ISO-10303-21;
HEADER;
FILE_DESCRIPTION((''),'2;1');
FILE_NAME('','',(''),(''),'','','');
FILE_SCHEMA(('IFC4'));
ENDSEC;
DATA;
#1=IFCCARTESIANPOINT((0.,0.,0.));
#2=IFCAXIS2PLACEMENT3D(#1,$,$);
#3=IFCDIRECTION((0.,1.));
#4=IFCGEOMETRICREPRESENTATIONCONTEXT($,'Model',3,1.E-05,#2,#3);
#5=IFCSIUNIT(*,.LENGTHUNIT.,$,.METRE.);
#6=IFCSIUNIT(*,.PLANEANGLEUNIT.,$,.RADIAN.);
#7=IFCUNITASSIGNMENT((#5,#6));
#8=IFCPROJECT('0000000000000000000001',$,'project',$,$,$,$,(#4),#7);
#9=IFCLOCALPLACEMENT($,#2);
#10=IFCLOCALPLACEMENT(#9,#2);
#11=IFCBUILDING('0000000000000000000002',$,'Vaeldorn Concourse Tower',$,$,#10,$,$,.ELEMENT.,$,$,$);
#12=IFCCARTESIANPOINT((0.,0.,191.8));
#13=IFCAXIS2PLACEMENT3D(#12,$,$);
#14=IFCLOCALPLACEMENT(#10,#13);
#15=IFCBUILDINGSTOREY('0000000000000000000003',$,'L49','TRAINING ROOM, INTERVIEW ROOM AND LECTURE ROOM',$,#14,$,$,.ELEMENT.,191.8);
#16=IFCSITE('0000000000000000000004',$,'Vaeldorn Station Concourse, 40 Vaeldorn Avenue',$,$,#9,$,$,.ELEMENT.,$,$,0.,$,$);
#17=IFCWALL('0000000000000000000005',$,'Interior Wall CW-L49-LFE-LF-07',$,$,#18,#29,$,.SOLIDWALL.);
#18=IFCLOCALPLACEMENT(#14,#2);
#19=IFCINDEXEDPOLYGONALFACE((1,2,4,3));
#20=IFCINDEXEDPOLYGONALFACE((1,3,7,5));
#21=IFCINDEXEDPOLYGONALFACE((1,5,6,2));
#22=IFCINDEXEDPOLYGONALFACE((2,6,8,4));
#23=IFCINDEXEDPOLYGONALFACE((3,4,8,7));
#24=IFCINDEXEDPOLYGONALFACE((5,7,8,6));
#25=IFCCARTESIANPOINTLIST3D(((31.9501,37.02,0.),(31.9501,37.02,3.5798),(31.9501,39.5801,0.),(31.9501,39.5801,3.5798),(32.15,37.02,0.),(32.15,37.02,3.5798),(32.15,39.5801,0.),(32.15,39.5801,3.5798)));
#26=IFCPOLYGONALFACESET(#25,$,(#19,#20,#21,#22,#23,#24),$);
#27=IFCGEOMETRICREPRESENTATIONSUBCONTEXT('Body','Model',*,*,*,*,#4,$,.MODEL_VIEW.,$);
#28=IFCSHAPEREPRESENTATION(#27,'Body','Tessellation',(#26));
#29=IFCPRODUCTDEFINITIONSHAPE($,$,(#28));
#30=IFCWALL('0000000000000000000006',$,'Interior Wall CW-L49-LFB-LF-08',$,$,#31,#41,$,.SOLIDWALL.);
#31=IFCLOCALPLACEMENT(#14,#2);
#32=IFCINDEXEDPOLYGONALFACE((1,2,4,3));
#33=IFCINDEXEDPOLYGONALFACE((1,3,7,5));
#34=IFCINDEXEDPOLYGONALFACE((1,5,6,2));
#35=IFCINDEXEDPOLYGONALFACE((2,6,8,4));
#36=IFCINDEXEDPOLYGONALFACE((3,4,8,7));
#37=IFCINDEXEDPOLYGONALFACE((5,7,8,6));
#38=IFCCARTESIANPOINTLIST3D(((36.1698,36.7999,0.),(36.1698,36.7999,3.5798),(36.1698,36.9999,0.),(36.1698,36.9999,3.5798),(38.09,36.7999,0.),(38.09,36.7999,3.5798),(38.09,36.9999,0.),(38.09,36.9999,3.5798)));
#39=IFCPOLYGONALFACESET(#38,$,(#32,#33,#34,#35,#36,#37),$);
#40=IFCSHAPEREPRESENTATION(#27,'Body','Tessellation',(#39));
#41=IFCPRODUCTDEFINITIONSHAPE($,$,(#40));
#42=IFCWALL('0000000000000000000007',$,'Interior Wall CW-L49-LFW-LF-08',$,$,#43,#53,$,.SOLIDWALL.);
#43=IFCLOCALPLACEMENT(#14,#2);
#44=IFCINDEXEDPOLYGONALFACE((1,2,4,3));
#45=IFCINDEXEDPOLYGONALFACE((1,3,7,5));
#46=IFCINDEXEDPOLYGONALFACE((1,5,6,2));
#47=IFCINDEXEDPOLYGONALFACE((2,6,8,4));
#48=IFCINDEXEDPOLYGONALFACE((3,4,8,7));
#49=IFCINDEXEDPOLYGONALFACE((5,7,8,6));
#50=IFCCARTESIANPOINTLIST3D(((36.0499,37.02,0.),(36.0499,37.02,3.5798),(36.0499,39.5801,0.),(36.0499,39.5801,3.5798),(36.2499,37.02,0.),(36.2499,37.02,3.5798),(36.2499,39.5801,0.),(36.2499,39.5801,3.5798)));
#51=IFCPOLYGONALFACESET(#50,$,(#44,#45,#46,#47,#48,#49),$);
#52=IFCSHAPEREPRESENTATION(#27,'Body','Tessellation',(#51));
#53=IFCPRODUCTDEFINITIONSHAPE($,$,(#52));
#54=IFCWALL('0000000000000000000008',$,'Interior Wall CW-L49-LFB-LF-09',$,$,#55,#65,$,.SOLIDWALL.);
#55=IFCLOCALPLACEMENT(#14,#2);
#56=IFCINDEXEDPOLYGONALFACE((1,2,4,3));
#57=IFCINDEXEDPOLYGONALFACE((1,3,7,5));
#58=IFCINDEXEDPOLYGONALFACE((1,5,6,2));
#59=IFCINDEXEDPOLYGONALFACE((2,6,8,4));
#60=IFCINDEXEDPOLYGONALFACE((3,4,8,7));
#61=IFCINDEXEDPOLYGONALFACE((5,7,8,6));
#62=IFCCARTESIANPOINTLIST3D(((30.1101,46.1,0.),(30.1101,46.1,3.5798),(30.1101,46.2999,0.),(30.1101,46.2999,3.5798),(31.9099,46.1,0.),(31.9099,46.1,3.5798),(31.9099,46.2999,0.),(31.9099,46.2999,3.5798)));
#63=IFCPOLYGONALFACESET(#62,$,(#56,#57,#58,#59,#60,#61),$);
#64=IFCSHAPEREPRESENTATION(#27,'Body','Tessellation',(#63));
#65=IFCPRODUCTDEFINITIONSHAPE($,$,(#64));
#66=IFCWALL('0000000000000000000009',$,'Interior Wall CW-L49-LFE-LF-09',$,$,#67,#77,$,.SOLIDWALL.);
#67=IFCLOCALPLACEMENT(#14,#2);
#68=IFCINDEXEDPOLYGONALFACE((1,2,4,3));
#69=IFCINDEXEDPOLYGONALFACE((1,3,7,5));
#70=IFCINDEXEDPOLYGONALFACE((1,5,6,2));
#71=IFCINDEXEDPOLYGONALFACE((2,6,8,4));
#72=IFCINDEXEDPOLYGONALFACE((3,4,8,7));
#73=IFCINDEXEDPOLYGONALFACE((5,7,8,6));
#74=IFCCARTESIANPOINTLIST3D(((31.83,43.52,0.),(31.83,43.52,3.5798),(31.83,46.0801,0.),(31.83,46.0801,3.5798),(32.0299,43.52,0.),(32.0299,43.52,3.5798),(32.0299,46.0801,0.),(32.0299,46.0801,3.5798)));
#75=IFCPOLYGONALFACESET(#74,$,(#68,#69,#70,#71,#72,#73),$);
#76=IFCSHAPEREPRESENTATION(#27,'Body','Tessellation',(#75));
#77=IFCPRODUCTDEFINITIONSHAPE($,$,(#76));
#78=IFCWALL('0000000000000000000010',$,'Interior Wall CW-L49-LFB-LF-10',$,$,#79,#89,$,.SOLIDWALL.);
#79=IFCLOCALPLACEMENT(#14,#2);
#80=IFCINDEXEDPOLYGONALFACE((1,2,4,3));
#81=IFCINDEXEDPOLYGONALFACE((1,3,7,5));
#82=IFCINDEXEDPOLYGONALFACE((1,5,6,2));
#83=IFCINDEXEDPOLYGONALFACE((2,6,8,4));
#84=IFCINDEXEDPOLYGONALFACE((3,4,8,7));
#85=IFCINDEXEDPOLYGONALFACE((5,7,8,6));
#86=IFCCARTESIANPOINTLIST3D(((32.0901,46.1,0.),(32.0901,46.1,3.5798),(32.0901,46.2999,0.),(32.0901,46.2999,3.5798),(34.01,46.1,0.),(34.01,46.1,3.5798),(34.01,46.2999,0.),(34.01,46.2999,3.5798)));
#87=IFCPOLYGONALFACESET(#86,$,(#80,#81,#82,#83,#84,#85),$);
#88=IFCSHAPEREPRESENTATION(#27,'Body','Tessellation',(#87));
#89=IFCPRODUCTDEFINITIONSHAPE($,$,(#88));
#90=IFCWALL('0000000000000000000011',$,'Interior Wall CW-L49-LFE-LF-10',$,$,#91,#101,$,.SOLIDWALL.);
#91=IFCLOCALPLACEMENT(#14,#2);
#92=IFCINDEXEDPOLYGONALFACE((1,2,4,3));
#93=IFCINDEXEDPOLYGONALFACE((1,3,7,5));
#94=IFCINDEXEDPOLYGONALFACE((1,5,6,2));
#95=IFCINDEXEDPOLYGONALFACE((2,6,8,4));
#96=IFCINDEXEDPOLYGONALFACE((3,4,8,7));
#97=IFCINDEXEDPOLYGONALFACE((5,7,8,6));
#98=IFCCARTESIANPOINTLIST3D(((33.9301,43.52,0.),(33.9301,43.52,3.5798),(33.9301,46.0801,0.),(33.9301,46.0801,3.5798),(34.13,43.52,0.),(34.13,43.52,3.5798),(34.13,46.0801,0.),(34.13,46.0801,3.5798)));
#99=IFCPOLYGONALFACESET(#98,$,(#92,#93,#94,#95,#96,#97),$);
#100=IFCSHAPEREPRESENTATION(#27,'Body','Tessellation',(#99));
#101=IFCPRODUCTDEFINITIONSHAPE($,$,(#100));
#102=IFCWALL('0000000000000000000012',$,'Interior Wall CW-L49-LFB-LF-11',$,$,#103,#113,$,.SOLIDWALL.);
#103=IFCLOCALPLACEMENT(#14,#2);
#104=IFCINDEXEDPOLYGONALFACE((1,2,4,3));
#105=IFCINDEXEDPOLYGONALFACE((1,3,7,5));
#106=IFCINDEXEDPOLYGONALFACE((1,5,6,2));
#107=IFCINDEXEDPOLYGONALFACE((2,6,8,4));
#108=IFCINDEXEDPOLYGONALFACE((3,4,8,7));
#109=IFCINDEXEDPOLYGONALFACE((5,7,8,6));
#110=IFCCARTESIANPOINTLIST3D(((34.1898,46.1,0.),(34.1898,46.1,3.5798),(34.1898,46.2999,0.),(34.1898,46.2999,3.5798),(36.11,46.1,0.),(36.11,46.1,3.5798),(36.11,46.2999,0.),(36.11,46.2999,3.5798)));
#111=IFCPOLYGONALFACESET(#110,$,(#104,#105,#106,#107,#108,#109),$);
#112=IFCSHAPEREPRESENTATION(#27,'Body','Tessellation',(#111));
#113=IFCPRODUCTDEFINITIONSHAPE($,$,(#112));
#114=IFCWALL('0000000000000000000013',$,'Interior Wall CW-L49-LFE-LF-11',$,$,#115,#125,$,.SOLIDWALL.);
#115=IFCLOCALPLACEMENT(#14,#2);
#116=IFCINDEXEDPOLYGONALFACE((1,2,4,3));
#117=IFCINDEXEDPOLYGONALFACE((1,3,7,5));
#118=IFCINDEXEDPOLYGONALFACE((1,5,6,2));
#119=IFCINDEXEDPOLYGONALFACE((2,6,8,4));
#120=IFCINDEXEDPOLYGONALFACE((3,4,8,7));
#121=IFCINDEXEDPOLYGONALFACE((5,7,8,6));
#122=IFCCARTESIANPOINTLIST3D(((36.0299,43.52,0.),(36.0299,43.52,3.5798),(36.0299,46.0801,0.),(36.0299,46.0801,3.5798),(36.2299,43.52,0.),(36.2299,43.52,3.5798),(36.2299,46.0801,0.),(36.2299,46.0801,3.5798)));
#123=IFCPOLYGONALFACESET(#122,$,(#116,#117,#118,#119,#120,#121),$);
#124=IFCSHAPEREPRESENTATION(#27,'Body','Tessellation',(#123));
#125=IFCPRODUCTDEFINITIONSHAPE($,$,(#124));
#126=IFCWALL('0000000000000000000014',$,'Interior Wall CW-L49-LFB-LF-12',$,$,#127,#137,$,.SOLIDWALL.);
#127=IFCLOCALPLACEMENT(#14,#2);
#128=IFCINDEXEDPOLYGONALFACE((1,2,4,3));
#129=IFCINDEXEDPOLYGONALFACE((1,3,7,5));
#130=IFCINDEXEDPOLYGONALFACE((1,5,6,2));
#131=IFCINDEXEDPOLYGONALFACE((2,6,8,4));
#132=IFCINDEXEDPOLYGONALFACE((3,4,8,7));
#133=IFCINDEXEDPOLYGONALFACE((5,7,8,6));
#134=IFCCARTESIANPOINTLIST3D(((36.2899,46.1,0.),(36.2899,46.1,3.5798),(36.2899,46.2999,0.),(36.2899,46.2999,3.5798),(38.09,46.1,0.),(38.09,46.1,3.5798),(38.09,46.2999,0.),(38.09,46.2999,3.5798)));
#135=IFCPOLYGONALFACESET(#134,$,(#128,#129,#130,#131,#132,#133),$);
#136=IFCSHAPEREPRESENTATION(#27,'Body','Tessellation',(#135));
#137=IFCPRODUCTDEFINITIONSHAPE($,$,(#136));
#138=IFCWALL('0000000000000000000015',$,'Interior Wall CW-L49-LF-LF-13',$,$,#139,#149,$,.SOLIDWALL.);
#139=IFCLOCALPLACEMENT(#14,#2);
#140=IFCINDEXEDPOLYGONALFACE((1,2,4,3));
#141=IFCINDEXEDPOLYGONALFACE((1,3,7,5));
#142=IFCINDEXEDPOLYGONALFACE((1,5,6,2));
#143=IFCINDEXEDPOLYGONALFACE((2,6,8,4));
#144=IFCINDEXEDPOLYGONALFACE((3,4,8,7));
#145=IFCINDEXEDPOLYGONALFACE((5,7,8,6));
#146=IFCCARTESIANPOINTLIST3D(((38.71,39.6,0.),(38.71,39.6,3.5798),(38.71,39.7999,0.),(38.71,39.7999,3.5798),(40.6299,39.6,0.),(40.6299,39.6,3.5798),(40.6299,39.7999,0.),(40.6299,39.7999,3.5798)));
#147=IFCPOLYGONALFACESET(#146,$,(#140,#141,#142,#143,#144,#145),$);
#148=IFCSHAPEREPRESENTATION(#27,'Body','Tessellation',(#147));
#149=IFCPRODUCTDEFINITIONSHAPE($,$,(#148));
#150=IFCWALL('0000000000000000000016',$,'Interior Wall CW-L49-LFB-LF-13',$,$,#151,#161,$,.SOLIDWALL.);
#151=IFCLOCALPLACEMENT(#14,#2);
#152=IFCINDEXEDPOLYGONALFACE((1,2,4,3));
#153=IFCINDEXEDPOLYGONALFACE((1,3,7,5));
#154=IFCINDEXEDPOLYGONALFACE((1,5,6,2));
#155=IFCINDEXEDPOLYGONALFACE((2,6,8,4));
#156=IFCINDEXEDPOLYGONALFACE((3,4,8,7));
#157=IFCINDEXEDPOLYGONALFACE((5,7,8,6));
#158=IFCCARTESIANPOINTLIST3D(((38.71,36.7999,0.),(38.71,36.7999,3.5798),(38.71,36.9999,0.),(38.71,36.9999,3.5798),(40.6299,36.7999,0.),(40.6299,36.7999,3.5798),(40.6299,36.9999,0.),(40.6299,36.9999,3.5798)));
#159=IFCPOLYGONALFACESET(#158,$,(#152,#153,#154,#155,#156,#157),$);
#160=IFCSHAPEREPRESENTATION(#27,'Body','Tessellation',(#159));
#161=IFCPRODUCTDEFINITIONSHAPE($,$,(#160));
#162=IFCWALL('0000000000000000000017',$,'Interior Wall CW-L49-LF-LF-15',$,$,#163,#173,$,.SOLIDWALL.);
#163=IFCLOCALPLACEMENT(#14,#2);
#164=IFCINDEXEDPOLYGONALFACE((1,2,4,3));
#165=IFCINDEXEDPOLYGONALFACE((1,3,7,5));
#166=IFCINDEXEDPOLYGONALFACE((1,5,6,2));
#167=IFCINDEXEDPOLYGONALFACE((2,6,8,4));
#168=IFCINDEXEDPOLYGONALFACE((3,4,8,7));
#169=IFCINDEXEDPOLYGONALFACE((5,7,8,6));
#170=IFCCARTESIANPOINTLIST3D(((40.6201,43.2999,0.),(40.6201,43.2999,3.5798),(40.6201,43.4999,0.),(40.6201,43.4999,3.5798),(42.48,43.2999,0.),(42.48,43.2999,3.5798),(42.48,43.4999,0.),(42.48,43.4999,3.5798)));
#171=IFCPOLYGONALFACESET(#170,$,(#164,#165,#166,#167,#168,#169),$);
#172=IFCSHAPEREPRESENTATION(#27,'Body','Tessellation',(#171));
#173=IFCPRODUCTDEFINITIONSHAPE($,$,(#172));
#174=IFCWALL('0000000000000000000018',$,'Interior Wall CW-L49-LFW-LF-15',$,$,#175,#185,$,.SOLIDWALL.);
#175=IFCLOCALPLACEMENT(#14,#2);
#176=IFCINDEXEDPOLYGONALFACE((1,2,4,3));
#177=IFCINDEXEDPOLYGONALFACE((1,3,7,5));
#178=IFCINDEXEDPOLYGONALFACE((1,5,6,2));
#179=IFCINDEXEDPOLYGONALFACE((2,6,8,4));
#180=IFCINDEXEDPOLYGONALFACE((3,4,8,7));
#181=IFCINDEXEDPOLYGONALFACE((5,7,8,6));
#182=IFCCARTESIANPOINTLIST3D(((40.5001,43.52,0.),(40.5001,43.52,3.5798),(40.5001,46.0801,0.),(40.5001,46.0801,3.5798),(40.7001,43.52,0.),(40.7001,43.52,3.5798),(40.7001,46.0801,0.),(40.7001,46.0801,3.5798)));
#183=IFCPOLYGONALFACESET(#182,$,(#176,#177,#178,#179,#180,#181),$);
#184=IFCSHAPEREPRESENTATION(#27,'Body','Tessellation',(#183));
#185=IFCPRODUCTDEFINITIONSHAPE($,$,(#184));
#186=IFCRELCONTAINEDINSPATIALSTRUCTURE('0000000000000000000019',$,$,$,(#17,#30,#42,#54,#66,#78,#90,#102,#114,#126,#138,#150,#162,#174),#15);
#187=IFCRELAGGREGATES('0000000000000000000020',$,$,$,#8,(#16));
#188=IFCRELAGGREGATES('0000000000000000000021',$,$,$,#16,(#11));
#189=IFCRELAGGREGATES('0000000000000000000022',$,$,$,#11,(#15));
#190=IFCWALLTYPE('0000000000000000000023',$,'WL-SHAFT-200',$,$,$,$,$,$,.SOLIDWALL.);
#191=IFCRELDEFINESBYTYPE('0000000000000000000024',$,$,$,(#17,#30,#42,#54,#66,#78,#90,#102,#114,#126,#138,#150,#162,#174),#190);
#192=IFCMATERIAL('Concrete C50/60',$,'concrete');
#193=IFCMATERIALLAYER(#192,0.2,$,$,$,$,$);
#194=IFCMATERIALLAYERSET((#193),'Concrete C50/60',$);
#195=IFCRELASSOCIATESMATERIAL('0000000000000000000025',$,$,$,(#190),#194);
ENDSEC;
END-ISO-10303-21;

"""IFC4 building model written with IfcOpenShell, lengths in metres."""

from ifc_helpers import new_model, si_unit, direction, frame, frame_2d, origin, place, context, subcontext, project, spatial, rectangle, extrude, material, layer, layer_set, type_object, element, save


model = new_model("IFC4")

# Units and contexts
model_context = context("Model", 3, precision=1e-05, world=origin(), true_north=direction((0.0, 1.0)))
body_context = subcontext(model_context, "Body", "Model", "MODEL_VIEW")
ifc_project = project(units=[si_unit("LENGTHUNIT", "METRE"), si_unit("PLANEANGLEUNIT", "RADIAN")], contexts=[model_context])

# Site, building, storey
site_placement = place(None, origin())
site = spatial("IfcSite", under=ifc_project, at=site_placement, Name="Vaeldorn Station Concourse, 40 Vaeldorn Avenue", CompositionType="ELEMENT", RefElevation=0.0)
building_placement = place(site_placement, origin())
building = spatial("IfcBuilding", under=site, at=building_placement, Name="Vaeldorn Concourse Tower", CompositionType="ELEMENT")
storey_placement = place(building_placement, frame((0.0, 0.0, 191.8)))
storey = spatial("IfcBuildingStorey", under=building, at=storey_placement, Name="L49", Description="TRAINING ROOM, INTERVIEW ROOM AND LECTURE ROOM", CompositionType="ELEMENT", Elevation=191.8)

# Shared definitions
ifc_material_1 = material(Name="Concrete C50/60", Category="concrete")

# Wall
ifc_layer_1 = layer(ifc_material_1, 0.2)
ifc_layer_set_1 = layer_set([ifc_layer_1], Name="Concrete C50/60")
wall_type_1 = type_object("IfcWallType", Name="WL-SHAFT-200", PredefinedType="SOLIDWALL", material=ifc_layer_set_1)
wall_1_placement = place(storey_placement, frame((32.05, 37.02, 0.0), z_axis=(0.0, 0.0, 1.0), x_axis=(0.0, 1.0, 0.0)))
element("IfcWall", 1, at=wall_1_placement, inside=storey, type_object=wall_type_1, Name="Interior Wall CW-L49-LFE-LF-07", PredefinedType="SOLIDWALL", context=body_context, shape_type="SweptSolid", body=[
    extrude(rectangle(XDim=2.5601, YDim=0.2, at=frame_2d((1.28, 0.0))), origin(), (0.0, 0.0, 1.0), 3.5798),
])

# Walls
wall_2_placement = place(storey_placement, frame((36.1699, 36.8999, 0.0), z_axis=(0.0, 0.0, 1.0), x_axis=(1.0, 0.0, 0.0)))
element("IfcWall", 2, at=wall_2_placement, inside=storey, type_object=wall_type_1, Name="Interior Wall CW-L49-LFB-LF-08", PredefinedType="SOLIDWALL", context=body_context, shape_type="SweptSolid", body=[
    extrude(rectangle(XDim=1.9202, YDim=0.2, at=frame_2d((0.96, 0.0))), origin(), (0.0, 0.0, 1.0), 3.5798),
])
wall_3_placement = place(storey_placement, frame((36.1499, 37.02, 0.0), z_axis=(0.0, 0.0, 1.0), x_axis=(0.0, 1.0, 0.0)))
element("IfcWall", 3, at=wall_3_placement, inside=storey, type_object=wall_type_1, Name="Interior Wall CW-L49-LFW-LF-08", PredefinedType="SOLIDWALL", context=body_context, shape_type="SweptSolid", body=[
    extrude(rectangle(XDim=2.5601, YDim=0.2, at=frame_2d((1.28, 0.0))), origin(), (0.0, 0.0, 1.0), 3.5798),
])
wall_4_placement = place(storey_placement, frame((30.1101, 46.2, 0.0), z_axis=(0.0, 0.0, 1.0), x_axis=(1.0, 0.0, 0.0)))
element("IfcWall", 4, at=wall_4_placement, inside=storey, type_object=wall_type_1, Name="Interior Wall CW-L49-LFB-LF-09", PredefinedType="SOLIDWALL", context=body_context, shape_type="SweptSolid", body=[
    extrude(rectangle(XDim=1.7998, YDim=0.2, at=frame_2d((0.8999, 0.0))), origin(), (0.0, 0.0, 1.0), 3.5798),
])
wall_5_placement = place(storey_placement, frame((31.9299, 43.52, 0.0), z_axis=(0.0, 0.0, 1.0), x_axis=(0.0, 1.0, 0.0)))
element("IfcWall", 5, at=wall_5_placement, inside=storey, type_object=wall_type_1, Name="Interior Wall CW-L49-LFE-LF-09", PredefinedType="SOLIDWALL", context=body_context, shape_type="SweptSolid", body=[
    extrude(rectangle(XDim=2.5601, YDim=0.2, at=frame_2d((1.28, 0.0))), origin(), (0.0, 0.0, 1.0), 3.5798),
])

# Walls
wall_6_placement = place(storey_placement, frame((32.0901, 46.2, 0.0), z_axis=(0.0, 0.0, 1.0), x_axis=(1.0, 0.0, 0.0)))
element("IfcWall", 6, at=wall_6_placement, inside=storey, type_object=wall_type_1, Name="Interior Wall CW-L49-LFB-LF-10", PredefinedType="SOLIDWALL", context=body_context, shape_type="SweptSolid", body=[
    extrude(rectangle(XDim=1.9199, YDim=0.2, at=frame_2d((0.96, 0.0))), origin(), (0.0, 0.0, 1.0), 3.5798),
])
wall_7_placement = place(storey_placement, frame((34.03, 43.52, 0.0), z_axis=(0.0, 0.0, 1.0), x_axis=(0.0, 1.0, 0.0)))
element("IfcWall", 7, at=wall_7_placement, inside=storey, type_object=wall_type_1, Name="Interior Wall CW-L49-LFE-LF-10", PredefinedType="SOLIDWALL", context=body_context, shape_type="SweptSolid", body=[
    extrude(rectangle(XDim=2.5601, YDim=0.2, at=frame_2d((1.28, 0.0))), origin(), (0.0, 0.0, 1.0), 3.5798),
])

# Walls
wall_8_placement = place(storey_placement, frame((34.1899, 46.2, 0.0), z_axis=(0.0, 0.0, 1.0), x_axis=(1.0, 0.0, 0.0)))
element("IfcWall", 8, at=wall_8_placement, inside=storey, type_object=wall_type_1, Name="Interior Wall CW-L49-LFB-LF-11", PredefinedType="SOLIDWALL", context=body_context, shape_type="SweptSolid", body=[
    extrude(rectangle(XDim=1.9202, YDim=0.2, at=frame_2d((0.96, 0.0))), origin(), (0.0, 0.0, 1.0), 3.5798),
])
wall_9_placement = place(storey_placement, frame((36.1299, 43.52, 0.0), z_axis=(0.0, 0.0, 1.0), x_axis=(0.0, 1.0, 0.0)))
element("IfcWall", 9, at=wall_9_placement, inside=storey, type_object=wall_type_1, Name="Interior Wall CW-L49-LFE-LF-11", PredefinedType="SOLIDWALL", context=body_context, shape_type="SweptSolid", body=[
    extrude(rectangle(XDim=2.5601, YDim=0.2, at=frame_2d((1.28, 0.0))), origin(), (0.0, 0.0, 1.0), 3.5798),
])

# Walls
wall_10_placement = place(storey_placement, frame((36.29, 46.2, 0.0), z_axis=(0.0, 0.0, 1.0), x_axis=(1.0, 0.0, 0.0)))
element("IfcWall", 10, at=wall_10_placement, inside=storey, type_object=wall_type_1, Name="Interior Wall CW-L49-LFB-LF-12", PredefinedType="SOLIDWALL", context=body_context, shape_type="SweptSolid", body=[
    extrude(rectangle(XDim=1.8, YDim=0.2, at=frame_2d((0.8999, 0.0))), origin(), (0.0, 0.0, 1.0), 3.5798),
])
for number, where, z_axis, x_axis, name in (
    (11, (38.71, 39.7, 0.0), (0.0, 0.0, 1.0), (1.0, 0.0, 0.0), "Interior Wall CW-L49-LF-LF-13"),
    (12, (38.71, 36.8999, 0.0), (0.0, 0.0, 1.0), (1.0, 0.0, 0.0), "Interior Wall CW-L49-LFB-LF-13"),
):
    element("IfcWall", number, at=place(storey_placement, frame(where, z_axis=z_axis, x_axis=x_axis)), inside=storey, type_object=wall_type_1, Name=name, PredefinedType="SOLIDWALL", context=body_context, shape_type="SweptSolid", body=[
        extrude(rectangle(XDim=1.9199, YDim=0.2, at=frame_2d((0.96, 0.0))), origin(), (0.0, 0.0, 1.0), 3.5798),
    ])
wall_11_placement = place(storey_placement, frame((40.6201, 43.3999, 0.0), z_axis=(0.0, 0.0, 1.0), x_axis=(1.0, 0.0, 0.0)))
element("IfcWall", 13, at=wall_11_placement, inside=storey, type_object=wall_type_1, Name="Interior Wall CW-L49-LF-LF-15", PredefinedType="SOLIDWALL", context=body_context, shape_type="SweptSolid", body=[
    extrude(rectangle(XDim=1.8599, YDim=0.2, at=frame_2d((0.9299, 0.0))), origin(), (0.0, 0.0, 1.0), 3.5798),
])
wall_12_placement = place(storey_placement, frame((40.6001, 43.52, 0.0), z_axis=(0.0, 0.0, 1.0), x_axis=(0.0, 1.0, 0.0)))
element("IfcWall", 14, at=wall_12_placement, inside=storey, type_object=wall_type_1, Name="Interior Wall CW-L49-LFW-LF-15", PredefinedType="SOLIDWALL", context=body_context, shape_type="SweptSolid", body=[
    extrude(rectangle(XDim=2.5601, YDim=0.2, at=frame_2d((1.28, 0.0))), origin(), (0.0, 0.0, 1.0), 3.5798),
])

save(model, "model.ifc")
